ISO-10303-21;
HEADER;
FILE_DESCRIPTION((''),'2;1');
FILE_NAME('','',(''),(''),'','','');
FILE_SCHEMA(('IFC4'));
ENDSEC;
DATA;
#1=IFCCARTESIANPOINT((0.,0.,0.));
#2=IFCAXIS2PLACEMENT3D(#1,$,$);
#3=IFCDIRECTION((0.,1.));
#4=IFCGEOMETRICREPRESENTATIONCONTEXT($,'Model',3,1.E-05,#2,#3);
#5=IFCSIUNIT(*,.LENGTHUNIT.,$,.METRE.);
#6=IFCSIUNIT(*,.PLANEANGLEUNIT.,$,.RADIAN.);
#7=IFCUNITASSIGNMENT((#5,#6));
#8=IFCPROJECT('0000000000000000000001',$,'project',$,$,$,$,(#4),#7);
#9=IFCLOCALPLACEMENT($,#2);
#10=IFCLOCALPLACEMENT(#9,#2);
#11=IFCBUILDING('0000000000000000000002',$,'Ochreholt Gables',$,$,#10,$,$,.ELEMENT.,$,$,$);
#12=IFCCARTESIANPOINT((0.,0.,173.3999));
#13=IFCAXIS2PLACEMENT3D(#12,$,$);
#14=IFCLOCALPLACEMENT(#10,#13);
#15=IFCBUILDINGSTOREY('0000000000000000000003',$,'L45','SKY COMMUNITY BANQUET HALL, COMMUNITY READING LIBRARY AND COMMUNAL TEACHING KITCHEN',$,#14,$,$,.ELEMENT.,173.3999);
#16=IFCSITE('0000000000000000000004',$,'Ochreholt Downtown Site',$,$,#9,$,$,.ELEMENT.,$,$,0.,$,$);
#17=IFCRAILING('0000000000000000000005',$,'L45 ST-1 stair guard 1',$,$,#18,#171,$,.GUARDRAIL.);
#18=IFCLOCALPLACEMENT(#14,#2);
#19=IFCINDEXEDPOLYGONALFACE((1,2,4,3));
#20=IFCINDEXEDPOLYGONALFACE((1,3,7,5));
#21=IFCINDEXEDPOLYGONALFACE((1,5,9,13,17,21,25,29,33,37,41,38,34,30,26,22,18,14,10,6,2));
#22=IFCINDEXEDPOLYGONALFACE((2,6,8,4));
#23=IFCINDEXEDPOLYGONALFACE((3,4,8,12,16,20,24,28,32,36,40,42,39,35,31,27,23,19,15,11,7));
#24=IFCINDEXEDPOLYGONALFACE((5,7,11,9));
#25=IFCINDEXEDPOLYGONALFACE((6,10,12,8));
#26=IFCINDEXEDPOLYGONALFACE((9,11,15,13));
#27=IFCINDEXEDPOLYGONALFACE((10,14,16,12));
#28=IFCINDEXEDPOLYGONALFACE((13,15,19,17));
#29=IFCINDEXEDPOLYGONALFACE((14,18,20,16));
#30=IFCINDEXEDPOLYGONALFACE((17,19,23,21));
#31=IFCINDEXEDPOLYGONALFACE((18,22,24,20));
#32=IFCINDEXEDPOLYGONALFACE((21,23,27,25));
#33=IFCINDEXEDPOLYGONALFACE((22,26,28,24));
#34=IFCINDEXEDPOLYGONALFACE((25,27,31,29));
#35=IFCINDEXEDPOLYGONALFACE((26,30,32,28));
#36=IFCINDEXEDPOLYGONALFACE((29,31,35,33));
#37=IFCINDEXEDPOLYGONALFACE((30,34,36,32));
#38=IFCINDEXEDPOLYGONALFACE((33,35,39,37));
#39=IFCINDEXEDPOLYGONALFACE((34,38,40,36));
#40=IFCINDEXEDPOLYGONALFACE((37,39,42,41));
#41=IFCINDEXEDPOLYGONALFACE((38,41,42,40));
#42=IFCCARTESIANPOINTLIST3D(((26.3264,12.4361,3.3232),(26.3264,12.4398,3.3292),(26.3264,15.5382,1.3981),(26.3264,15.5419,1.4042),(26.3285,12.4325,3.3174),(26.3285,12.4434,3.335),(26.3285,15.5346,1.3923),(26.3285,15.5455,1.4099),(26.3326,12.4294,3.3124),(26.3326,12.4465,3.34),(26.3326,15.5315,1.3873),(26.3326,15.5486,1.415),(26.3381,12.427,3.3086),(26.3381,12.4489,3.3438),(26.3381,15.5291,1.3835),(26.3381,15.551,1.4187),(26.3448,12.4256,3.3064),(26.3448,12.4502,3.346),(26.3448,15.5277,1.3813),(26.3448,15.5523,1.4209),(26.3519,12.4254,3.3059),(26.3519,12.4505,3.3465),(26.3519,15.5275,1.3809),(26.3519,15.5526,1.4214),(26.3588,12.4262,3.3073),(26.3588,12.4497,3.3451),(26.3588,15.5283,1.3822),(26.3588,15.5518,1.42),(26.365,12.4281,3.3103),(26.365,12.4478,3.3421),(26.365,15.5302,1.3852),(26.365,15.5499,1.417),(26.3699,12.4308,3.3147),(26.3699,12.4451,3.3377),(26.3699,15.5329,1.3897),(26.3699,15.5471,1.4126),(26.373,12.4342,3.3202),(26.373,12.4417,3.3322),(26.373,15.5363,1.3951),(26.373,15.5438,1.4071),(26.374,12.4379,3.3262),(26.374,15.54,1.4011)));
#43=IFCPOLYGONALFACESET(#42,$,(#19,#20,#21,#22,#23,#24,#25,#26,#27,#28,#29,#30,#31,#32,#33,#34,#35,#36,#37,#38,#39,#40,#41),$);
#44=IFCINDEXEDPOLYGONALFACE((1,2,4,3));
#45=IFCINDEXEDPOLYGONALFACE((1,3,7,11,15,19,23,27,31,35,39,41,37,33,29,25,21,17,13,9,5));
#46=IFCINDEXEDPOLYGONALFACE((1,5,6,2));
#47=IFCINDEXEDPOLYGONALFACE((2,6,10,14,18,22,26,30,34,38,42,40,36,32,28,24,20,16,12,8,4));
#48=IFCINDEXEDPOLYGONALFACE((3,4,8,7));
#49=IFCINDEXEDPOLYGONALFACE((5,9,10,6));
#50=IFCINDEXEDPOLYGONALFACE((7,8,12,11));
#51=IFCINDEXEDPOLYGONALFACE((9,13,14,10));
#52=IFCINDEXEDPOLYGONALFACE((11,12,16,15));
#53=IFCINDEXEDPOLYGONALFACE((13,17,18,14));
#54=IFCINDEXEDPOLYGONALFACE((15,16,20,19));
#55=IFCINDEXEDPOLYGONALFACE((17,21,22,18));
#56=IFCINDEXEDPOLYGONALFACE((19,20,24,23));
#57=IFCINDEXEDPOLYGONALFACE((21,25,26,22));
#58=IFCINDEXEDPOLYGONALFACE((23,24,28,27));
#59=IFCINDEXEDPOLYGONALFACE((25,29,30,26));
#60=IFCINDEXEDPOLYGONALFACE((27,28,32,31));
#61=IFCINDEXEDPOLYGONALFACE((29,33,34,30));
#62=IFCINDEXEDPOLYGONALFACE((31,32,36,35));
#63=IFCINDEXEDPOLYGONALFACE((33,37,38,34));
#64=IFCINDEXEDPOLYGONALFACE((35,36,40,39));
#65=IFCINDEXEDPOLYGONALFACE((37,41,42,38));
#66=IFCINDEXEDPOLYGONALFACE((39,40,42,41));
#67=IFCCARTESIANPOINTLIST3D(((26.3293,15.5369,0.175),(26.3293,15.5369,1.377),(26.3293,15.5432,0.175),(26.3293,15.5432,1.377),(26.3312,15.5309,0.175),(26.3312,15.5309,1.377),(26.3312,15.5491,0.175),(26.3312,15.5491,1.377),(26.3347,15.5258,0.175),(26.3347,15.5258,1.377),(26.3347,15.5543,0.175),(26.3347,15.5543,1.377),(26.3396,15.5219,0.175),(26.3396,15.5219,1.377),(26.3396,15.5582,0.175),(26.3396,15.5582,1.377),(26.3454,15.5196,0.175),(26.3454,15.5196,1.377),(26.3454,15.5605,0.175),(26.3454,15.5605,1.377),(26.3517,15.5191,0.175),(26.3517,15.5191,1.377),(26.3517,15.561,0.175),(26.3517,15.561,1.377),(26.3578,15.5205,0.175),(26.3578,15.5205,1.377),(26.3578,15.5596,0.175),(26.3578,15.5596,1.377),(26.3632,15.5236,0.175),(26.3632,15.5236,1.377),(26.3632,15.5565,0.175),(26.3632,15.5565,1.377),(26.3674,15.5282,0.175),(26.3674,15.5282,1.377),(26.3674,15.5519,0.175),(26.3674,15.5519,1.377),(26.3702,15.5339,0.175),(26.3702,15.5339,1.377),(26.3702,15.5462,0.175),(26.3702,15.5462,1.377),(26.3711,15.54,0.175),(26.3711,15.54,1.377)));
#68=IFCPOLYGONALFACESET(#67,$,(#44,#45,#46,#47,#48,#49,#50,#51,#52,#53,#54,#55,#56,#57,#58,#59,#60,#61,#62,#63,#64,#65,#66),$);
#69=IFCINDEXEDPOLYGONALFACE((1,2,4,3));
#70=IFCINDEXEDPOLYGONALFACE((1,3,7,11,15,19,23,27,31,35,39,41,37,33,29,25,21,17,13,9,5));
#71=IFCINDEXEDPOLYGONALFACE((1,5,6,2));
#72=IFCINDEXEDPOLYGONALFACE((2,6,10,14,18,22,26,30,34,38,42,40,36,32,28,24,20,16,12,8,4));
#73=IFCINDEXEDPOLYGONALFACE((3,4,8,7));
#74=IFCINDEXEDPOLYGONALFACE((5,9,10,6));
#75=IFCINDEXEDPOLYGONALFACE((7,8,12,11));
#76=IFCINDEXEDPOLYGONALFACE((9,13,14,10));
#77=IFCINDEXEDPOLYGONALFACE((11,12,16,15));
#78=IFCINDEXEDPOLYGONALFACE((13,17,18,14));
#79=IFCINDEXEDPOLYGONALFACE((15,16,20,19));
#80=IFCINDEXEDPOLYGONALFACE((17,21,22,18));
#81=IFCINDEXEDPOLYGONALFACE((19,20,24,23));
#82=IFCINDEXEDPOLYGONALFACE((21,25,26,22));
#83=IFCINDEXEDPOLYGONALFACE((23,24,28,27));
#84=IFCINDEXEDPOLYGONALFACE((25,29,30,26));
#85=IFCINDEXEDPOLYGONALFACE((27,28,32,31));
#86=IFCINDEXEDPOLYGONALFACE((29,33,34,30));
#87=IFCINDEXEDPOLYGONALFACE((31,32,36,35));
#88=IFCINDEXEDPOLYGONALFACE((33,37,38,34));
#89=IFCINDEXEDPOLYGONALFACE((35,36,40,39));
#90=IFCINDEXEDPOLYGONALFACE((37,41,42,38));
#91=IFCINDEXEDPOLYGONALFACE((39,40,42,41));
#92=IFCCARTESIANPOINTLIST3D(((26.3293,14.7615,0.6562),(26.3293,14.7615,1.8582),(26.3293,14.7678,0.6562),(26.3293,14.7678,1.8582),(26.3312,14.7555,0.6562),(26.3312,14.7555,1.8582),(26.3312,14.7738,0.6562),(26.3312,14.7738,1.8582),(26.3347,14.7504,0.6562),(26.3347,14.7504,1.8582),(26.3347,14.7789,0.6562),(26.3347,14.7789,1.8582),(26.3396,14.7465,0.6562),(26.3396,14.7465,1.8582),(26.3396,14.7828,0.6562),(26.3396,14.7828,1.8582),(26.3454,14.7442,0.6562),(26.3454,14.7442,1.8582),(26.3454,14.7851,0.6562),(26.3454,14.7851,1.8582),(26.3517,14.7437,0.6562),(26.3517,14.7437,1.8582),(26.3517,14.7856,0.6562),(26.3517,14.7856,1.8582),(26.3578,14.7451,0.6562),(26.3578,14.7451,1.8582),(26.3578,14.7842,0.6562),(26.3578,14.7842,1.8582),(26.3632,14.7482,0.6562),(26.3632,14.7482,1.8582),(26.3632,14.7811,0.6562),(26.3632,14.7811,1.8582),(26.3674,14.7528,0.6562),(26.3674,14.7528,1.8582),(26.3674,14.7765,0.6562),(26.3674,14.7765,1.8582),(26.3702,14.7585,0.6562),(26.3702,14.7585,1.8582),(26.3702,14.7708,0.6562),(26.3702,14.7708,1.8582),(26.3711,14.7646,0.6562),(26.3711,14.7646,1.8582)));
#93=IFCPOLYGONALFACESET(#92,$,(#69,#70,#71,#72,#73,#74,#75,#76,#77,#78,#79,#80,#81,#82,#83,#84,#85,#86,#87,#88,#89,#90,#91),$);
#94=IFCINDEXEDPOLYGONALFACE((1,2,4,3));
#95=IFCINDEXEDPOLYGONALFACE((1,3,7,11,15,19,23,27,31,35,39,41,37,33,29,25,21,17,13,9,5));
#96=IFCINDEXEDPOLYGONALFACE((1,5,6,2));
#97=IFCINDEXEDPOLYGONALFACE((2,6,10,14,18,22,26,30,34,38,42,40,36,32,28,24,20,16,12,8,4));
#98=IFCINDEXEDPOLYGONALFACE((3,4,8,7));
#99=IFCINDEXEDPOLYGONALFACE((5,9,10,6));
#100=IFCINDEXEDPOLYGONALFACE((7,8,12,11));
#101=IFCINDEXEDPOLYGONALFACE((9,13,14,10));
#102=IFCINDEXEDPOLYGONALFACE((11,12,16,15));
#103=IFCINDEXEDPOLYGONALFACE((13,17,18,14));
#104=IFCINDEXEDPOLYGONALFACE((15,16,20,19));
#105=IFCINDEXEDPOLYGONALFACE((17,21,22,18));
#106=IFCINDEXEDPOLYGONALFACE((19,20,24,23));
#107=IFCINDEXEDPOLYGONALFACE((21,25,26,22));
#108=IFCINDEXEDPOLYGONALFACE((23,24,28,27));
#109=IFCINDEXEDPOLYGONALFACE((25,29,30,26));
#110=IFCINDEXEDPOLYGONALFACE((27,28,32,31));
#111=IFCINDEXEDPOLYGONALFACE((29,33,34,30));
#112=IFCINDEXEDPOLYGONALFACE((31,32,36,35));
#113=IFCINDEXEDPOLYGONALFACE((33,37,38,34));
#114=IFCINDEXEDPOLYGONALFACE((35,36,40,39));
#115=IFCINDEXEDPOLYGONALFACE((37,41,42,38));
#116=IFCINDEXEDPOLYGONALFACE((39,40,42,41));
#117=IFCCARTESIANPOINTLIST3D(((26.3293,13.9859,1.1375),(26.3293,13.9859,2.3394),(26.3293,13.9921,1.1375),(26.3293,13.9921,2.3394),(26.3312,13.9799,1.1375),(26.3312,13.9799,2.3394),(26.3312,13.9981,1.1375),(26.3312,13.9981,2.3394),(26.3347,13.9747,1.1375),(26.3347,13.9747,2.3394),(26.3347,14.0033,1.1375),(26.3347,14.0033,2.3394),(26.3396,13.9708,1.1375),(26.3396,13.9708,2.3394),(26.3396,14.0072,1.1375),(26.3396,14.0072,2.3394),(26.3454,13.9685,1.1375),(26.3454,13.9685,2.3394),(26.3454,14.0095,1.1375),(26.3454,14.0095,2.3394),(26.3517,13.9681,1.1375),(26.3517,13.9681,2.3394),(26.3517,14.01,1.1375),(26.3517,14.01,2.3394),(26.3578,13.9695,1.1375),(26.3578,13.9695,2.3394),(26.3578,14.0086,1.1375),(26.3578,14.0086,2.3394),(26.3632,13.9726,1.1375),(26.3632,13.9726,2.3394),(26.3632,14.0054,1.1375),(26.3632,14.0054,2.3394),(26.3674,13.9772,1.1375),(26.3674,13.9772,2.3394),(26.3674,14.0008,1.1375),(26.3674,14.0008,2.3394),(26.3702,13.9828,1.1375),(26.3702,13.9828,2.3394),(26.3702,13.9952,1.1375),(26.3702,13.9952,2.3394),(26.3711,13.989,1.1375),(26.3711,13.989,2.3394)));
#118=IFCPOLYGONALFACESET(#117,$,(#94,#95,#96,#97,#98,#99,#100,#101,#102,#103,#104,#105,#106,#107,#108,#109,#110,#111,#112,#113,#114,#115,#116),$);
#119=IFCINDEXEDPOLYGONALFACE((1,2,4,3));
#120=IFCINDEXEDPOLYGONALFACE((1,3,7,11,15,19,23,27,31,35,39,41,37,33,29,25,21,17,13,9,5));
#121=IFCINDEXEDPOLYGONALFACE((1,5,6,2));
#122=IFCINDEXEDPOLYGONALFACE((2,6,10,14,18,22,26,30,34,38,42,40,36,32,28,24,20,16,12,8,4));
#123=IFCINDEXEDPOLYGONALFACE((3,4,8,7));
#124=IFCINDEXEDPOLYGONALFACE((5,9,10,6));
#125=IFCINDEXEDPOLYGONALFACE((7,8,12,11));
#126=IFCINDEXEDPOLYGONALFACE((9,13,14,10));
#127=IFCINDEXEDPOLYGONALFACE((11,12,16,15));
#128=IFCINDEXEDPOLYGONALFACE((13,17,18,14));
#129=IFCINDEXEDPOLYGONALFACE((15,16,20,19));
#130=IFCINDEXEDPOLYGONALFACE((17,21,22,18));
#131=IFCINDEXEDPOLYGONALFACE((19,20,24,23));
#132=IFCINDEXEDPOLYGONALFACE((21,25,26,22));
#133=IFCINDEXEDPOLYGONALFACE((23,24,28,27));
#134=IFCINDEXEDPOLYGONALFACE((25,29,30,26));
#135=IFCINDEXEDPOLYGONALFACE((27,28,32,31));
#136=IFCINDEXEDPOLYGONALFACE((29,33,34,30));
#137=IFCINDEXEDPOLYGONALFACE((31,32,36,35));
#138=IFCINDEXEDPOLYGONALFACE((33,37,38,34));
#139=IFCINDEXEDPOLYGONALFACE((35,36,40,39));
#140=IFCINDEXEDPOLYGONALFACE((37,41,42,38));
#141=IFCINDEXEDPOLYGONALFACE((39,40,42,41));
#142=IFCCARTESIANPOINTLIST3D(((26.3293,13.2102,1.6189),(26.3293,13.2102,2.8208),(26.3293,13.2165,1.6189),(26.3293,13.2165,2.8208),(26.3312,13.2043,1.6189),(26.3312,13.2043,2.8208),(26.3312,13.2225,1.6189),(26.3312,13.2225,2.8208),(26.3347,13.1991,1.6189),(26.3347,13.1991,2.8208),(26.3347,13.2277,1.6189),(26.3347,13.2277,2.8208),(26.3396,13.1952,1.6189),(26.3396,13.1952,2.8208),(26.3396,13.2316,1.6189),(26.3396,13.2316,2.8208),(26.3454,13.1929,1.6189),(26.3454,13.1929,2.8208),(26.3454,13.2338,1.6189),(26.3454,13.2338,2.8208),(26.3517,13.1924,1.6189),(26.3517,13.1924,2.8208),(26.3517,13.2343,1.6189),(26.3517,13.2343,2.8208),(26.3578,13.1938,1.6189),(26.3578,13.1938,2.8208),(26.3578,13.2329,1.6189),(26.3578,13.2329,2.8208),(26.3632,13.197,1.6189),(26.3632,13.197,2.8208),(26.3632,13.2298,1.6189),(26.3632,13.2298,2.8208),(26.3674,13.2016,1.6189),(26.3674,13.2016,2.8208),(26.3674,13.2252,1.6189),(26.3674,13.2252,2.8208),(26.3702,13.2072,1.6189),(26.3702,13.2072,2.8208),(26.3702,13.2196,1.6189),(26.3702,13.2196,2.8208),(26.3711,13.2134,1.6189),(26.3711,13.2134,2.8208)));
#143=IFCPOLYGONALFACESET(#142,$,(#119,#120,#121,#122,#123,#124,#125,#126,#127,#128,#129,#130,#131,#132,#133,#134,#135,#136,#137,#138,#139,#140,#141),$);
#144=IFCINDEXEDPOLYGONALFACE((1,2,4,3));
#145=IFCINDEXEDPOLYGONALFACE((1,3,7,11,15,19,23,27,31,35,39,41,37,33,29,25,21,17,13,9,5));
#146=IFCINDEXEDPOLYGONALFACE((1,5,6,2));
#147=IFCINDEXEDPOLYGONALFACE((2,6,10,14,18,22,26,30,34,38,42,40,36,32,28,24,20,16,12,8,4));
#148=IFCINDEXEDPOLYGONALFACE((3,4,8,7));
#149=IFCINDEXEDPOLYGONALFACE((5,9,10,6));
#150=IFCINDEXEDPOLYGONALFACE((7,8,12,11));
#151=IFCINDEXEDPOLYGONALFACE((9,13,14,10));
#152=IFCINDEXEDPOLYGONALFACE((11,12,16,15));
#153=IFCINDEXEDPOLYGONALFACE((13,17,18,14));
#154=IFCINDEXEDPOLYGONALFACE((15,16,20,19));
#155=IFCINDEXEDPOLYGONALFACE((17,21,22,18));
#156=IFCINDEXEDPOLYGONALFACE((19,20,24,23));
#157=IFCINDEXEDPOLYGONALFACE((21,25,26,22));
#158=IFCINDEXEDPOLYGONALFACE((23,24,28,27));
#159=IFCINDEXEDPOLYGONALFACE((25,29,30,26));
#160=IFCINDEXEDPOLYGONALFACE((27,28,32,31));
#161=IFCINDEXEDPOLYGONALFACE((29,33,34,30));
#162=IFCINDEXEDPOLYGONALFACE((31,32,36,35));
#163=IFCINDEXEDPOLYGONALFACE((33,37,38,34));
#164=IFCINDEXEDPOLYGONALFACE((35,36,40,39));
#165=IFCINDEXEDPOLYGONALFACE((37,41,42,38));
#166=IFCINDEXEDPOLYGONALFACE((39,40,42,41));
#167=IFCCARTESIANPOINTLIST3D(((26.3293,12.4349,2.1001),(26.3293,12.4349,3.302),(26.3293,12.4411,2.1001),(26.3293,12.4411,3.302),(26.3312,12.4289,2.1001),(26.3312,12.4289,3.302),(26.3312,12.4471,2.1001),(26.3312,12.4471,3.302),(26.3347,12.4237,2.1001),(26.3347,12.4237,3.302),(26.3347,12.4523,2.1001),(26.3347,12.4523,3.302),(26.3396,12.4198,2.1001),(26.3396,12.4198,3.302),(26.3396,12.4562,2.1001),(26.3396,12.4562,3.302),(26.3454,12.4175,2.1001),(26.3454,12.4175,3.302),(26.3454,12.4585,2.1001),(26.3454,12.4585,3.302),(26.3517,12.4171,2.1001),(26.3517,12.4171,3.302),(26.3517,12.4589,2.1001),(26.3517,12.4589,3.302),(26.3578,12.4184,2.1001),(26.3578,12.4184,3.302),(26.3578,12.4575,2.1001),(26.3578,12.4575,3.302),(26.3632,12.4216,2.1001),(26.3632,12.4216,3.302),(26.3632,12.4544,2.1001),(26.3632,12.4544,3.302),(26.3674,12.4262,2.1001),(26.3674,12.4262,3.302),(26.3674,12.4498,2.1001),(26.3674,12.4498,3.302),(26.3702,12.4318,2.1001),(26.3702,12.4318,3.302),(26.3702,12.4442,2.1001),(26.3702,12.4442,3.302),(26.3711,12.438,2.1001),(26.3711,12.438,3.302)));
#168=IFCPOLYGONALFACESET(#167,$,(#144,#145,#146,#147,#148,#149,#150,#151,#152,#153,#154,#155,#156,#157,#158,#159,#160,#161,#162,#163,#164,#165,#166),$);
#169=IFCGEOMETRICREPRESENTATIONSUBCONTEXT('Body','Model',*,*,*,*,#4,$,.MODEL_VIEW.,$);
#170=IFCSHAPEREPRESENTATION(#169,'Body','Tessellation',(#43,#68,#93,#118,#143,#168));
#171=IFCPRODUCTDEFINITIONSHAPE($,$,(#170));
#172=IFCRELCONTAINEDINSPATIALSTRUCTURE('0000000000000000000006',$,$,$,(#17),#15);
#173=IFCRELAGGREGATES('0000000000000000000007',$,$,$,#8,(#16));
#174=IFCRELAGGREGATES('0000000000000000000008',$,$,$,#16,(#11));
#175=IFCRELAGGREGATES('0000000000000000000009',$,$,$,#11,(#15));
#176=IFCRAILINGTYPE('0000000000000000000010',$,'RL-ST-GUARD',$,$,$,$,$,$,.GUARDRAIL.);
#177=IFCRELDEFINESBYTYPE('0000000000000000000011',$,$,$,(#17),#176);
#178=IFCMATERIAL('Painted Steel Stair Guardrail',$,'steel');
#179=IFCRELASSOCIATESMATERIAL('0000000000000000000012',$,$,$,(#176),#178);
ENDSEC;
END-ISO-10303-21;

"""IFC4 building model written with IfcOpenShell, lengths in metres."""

from ifc_helpers import new_model, si_unit, direction, frame, origin, origin_2d, place, context, subcontext, project, spatial, circle, extrude, material, type_object, element, save


model = new_model("IFC4")

# Units and contexts
model_context = context("Model", 3, precision=1e-05, world=origin(), true_north=direction((0.0, 1.0)))
body_context = subcontext(model_context, "Body", "Model", "MODEL_VIEW")
ifc_project = project(units=[si_unit("LENGTHUNIT", "METRE"), si_unit("PLANEANGLEUNIT", "RADIAN")], contexts=[model_context])

# Site, building, storey
site_placement = place(None, origin())
site = spatial("IfcSite", under=ifc_project, at=site_placement, Name="Ochreholt Downtown Site", CompositionType="ELEMENT", RefElevation=0.0)
building_placement = place(site_placement, origin())
building = spatial("IfcBuilding", under=site, at=building_placement, Name="Ochreholt Gables", CompositionType="ELEMENT")
storey_placement = place(building_placement, frame((0.0, 0.0, 173.3999)))
storey = spatial("IfcBuildingStorey", under=building, at=storey_placement, Name="L45", Description="SKY COMMUNITY BANQUET HALL, COMMUNITY READING LIBRARY AND COMMUNAL TEACHING KITCHEN", CompositionType="ELEMENT", Elevation=173.3999)

# Railing
ifc_material_1 = material(Name="Painted Steel Stair Guardrail", Category="steel")
railing_type_1 = type_object("IfcRailingType", Name="RL-ST-GUARD", PredefinedType="GUARDRAIL", material=ifc_material_1)
railing_1_placement = place(storey_placement, frame((26.3501, 15.54, 0.175)))
element("IfcRailing", 1, at=railing_1_placement, inside=storey, type_object=railing_type_1, Name="L45 ST-1 stair guard 1", PredefinedType="GUARDRAIL", context=body_context, shape_type="SweptSolid", body=[
    extrude(circle(Radius=0.0239, at=origin_2d()), frame((0.0, 0.0, 1.2261), z_axis=(0.0, -0.849685, 0.527291), x_axis=(1.0, 0.0, 0.0)), (0.0, 0.0, 1.0), 3.6509),
    extrude(circle(Radius=0.021, at=origin_2d()), origin(), (0.0, 0.0, 1.0), 1.2019),
    extrude(circle(Radius=0.021, at=origin_2d()), frame((0.0, -0.7754, 0.4812)), (0.0, 0.0, 1.0), 1.2019),
    extrude(circle(Radius=0.021, at=origin_2d()), frame((0.0, -1.551, 0.9624)), (0.0, 0.0, 1.0), 1.2019),
    extrude(circle(Radius=0.021, at=origin_2d()), frame((0.0, -2.3267, 1.4438)), (0.0, 0.0, 1.0), 1.2019),
    extrude(circle(Radius=0.021, at=origin_2d()), frame((0.0, -3.1021, 1.925)), (0.0, 0.0, 1.0), 1.2019),
])

save(model, "model.ifc")
